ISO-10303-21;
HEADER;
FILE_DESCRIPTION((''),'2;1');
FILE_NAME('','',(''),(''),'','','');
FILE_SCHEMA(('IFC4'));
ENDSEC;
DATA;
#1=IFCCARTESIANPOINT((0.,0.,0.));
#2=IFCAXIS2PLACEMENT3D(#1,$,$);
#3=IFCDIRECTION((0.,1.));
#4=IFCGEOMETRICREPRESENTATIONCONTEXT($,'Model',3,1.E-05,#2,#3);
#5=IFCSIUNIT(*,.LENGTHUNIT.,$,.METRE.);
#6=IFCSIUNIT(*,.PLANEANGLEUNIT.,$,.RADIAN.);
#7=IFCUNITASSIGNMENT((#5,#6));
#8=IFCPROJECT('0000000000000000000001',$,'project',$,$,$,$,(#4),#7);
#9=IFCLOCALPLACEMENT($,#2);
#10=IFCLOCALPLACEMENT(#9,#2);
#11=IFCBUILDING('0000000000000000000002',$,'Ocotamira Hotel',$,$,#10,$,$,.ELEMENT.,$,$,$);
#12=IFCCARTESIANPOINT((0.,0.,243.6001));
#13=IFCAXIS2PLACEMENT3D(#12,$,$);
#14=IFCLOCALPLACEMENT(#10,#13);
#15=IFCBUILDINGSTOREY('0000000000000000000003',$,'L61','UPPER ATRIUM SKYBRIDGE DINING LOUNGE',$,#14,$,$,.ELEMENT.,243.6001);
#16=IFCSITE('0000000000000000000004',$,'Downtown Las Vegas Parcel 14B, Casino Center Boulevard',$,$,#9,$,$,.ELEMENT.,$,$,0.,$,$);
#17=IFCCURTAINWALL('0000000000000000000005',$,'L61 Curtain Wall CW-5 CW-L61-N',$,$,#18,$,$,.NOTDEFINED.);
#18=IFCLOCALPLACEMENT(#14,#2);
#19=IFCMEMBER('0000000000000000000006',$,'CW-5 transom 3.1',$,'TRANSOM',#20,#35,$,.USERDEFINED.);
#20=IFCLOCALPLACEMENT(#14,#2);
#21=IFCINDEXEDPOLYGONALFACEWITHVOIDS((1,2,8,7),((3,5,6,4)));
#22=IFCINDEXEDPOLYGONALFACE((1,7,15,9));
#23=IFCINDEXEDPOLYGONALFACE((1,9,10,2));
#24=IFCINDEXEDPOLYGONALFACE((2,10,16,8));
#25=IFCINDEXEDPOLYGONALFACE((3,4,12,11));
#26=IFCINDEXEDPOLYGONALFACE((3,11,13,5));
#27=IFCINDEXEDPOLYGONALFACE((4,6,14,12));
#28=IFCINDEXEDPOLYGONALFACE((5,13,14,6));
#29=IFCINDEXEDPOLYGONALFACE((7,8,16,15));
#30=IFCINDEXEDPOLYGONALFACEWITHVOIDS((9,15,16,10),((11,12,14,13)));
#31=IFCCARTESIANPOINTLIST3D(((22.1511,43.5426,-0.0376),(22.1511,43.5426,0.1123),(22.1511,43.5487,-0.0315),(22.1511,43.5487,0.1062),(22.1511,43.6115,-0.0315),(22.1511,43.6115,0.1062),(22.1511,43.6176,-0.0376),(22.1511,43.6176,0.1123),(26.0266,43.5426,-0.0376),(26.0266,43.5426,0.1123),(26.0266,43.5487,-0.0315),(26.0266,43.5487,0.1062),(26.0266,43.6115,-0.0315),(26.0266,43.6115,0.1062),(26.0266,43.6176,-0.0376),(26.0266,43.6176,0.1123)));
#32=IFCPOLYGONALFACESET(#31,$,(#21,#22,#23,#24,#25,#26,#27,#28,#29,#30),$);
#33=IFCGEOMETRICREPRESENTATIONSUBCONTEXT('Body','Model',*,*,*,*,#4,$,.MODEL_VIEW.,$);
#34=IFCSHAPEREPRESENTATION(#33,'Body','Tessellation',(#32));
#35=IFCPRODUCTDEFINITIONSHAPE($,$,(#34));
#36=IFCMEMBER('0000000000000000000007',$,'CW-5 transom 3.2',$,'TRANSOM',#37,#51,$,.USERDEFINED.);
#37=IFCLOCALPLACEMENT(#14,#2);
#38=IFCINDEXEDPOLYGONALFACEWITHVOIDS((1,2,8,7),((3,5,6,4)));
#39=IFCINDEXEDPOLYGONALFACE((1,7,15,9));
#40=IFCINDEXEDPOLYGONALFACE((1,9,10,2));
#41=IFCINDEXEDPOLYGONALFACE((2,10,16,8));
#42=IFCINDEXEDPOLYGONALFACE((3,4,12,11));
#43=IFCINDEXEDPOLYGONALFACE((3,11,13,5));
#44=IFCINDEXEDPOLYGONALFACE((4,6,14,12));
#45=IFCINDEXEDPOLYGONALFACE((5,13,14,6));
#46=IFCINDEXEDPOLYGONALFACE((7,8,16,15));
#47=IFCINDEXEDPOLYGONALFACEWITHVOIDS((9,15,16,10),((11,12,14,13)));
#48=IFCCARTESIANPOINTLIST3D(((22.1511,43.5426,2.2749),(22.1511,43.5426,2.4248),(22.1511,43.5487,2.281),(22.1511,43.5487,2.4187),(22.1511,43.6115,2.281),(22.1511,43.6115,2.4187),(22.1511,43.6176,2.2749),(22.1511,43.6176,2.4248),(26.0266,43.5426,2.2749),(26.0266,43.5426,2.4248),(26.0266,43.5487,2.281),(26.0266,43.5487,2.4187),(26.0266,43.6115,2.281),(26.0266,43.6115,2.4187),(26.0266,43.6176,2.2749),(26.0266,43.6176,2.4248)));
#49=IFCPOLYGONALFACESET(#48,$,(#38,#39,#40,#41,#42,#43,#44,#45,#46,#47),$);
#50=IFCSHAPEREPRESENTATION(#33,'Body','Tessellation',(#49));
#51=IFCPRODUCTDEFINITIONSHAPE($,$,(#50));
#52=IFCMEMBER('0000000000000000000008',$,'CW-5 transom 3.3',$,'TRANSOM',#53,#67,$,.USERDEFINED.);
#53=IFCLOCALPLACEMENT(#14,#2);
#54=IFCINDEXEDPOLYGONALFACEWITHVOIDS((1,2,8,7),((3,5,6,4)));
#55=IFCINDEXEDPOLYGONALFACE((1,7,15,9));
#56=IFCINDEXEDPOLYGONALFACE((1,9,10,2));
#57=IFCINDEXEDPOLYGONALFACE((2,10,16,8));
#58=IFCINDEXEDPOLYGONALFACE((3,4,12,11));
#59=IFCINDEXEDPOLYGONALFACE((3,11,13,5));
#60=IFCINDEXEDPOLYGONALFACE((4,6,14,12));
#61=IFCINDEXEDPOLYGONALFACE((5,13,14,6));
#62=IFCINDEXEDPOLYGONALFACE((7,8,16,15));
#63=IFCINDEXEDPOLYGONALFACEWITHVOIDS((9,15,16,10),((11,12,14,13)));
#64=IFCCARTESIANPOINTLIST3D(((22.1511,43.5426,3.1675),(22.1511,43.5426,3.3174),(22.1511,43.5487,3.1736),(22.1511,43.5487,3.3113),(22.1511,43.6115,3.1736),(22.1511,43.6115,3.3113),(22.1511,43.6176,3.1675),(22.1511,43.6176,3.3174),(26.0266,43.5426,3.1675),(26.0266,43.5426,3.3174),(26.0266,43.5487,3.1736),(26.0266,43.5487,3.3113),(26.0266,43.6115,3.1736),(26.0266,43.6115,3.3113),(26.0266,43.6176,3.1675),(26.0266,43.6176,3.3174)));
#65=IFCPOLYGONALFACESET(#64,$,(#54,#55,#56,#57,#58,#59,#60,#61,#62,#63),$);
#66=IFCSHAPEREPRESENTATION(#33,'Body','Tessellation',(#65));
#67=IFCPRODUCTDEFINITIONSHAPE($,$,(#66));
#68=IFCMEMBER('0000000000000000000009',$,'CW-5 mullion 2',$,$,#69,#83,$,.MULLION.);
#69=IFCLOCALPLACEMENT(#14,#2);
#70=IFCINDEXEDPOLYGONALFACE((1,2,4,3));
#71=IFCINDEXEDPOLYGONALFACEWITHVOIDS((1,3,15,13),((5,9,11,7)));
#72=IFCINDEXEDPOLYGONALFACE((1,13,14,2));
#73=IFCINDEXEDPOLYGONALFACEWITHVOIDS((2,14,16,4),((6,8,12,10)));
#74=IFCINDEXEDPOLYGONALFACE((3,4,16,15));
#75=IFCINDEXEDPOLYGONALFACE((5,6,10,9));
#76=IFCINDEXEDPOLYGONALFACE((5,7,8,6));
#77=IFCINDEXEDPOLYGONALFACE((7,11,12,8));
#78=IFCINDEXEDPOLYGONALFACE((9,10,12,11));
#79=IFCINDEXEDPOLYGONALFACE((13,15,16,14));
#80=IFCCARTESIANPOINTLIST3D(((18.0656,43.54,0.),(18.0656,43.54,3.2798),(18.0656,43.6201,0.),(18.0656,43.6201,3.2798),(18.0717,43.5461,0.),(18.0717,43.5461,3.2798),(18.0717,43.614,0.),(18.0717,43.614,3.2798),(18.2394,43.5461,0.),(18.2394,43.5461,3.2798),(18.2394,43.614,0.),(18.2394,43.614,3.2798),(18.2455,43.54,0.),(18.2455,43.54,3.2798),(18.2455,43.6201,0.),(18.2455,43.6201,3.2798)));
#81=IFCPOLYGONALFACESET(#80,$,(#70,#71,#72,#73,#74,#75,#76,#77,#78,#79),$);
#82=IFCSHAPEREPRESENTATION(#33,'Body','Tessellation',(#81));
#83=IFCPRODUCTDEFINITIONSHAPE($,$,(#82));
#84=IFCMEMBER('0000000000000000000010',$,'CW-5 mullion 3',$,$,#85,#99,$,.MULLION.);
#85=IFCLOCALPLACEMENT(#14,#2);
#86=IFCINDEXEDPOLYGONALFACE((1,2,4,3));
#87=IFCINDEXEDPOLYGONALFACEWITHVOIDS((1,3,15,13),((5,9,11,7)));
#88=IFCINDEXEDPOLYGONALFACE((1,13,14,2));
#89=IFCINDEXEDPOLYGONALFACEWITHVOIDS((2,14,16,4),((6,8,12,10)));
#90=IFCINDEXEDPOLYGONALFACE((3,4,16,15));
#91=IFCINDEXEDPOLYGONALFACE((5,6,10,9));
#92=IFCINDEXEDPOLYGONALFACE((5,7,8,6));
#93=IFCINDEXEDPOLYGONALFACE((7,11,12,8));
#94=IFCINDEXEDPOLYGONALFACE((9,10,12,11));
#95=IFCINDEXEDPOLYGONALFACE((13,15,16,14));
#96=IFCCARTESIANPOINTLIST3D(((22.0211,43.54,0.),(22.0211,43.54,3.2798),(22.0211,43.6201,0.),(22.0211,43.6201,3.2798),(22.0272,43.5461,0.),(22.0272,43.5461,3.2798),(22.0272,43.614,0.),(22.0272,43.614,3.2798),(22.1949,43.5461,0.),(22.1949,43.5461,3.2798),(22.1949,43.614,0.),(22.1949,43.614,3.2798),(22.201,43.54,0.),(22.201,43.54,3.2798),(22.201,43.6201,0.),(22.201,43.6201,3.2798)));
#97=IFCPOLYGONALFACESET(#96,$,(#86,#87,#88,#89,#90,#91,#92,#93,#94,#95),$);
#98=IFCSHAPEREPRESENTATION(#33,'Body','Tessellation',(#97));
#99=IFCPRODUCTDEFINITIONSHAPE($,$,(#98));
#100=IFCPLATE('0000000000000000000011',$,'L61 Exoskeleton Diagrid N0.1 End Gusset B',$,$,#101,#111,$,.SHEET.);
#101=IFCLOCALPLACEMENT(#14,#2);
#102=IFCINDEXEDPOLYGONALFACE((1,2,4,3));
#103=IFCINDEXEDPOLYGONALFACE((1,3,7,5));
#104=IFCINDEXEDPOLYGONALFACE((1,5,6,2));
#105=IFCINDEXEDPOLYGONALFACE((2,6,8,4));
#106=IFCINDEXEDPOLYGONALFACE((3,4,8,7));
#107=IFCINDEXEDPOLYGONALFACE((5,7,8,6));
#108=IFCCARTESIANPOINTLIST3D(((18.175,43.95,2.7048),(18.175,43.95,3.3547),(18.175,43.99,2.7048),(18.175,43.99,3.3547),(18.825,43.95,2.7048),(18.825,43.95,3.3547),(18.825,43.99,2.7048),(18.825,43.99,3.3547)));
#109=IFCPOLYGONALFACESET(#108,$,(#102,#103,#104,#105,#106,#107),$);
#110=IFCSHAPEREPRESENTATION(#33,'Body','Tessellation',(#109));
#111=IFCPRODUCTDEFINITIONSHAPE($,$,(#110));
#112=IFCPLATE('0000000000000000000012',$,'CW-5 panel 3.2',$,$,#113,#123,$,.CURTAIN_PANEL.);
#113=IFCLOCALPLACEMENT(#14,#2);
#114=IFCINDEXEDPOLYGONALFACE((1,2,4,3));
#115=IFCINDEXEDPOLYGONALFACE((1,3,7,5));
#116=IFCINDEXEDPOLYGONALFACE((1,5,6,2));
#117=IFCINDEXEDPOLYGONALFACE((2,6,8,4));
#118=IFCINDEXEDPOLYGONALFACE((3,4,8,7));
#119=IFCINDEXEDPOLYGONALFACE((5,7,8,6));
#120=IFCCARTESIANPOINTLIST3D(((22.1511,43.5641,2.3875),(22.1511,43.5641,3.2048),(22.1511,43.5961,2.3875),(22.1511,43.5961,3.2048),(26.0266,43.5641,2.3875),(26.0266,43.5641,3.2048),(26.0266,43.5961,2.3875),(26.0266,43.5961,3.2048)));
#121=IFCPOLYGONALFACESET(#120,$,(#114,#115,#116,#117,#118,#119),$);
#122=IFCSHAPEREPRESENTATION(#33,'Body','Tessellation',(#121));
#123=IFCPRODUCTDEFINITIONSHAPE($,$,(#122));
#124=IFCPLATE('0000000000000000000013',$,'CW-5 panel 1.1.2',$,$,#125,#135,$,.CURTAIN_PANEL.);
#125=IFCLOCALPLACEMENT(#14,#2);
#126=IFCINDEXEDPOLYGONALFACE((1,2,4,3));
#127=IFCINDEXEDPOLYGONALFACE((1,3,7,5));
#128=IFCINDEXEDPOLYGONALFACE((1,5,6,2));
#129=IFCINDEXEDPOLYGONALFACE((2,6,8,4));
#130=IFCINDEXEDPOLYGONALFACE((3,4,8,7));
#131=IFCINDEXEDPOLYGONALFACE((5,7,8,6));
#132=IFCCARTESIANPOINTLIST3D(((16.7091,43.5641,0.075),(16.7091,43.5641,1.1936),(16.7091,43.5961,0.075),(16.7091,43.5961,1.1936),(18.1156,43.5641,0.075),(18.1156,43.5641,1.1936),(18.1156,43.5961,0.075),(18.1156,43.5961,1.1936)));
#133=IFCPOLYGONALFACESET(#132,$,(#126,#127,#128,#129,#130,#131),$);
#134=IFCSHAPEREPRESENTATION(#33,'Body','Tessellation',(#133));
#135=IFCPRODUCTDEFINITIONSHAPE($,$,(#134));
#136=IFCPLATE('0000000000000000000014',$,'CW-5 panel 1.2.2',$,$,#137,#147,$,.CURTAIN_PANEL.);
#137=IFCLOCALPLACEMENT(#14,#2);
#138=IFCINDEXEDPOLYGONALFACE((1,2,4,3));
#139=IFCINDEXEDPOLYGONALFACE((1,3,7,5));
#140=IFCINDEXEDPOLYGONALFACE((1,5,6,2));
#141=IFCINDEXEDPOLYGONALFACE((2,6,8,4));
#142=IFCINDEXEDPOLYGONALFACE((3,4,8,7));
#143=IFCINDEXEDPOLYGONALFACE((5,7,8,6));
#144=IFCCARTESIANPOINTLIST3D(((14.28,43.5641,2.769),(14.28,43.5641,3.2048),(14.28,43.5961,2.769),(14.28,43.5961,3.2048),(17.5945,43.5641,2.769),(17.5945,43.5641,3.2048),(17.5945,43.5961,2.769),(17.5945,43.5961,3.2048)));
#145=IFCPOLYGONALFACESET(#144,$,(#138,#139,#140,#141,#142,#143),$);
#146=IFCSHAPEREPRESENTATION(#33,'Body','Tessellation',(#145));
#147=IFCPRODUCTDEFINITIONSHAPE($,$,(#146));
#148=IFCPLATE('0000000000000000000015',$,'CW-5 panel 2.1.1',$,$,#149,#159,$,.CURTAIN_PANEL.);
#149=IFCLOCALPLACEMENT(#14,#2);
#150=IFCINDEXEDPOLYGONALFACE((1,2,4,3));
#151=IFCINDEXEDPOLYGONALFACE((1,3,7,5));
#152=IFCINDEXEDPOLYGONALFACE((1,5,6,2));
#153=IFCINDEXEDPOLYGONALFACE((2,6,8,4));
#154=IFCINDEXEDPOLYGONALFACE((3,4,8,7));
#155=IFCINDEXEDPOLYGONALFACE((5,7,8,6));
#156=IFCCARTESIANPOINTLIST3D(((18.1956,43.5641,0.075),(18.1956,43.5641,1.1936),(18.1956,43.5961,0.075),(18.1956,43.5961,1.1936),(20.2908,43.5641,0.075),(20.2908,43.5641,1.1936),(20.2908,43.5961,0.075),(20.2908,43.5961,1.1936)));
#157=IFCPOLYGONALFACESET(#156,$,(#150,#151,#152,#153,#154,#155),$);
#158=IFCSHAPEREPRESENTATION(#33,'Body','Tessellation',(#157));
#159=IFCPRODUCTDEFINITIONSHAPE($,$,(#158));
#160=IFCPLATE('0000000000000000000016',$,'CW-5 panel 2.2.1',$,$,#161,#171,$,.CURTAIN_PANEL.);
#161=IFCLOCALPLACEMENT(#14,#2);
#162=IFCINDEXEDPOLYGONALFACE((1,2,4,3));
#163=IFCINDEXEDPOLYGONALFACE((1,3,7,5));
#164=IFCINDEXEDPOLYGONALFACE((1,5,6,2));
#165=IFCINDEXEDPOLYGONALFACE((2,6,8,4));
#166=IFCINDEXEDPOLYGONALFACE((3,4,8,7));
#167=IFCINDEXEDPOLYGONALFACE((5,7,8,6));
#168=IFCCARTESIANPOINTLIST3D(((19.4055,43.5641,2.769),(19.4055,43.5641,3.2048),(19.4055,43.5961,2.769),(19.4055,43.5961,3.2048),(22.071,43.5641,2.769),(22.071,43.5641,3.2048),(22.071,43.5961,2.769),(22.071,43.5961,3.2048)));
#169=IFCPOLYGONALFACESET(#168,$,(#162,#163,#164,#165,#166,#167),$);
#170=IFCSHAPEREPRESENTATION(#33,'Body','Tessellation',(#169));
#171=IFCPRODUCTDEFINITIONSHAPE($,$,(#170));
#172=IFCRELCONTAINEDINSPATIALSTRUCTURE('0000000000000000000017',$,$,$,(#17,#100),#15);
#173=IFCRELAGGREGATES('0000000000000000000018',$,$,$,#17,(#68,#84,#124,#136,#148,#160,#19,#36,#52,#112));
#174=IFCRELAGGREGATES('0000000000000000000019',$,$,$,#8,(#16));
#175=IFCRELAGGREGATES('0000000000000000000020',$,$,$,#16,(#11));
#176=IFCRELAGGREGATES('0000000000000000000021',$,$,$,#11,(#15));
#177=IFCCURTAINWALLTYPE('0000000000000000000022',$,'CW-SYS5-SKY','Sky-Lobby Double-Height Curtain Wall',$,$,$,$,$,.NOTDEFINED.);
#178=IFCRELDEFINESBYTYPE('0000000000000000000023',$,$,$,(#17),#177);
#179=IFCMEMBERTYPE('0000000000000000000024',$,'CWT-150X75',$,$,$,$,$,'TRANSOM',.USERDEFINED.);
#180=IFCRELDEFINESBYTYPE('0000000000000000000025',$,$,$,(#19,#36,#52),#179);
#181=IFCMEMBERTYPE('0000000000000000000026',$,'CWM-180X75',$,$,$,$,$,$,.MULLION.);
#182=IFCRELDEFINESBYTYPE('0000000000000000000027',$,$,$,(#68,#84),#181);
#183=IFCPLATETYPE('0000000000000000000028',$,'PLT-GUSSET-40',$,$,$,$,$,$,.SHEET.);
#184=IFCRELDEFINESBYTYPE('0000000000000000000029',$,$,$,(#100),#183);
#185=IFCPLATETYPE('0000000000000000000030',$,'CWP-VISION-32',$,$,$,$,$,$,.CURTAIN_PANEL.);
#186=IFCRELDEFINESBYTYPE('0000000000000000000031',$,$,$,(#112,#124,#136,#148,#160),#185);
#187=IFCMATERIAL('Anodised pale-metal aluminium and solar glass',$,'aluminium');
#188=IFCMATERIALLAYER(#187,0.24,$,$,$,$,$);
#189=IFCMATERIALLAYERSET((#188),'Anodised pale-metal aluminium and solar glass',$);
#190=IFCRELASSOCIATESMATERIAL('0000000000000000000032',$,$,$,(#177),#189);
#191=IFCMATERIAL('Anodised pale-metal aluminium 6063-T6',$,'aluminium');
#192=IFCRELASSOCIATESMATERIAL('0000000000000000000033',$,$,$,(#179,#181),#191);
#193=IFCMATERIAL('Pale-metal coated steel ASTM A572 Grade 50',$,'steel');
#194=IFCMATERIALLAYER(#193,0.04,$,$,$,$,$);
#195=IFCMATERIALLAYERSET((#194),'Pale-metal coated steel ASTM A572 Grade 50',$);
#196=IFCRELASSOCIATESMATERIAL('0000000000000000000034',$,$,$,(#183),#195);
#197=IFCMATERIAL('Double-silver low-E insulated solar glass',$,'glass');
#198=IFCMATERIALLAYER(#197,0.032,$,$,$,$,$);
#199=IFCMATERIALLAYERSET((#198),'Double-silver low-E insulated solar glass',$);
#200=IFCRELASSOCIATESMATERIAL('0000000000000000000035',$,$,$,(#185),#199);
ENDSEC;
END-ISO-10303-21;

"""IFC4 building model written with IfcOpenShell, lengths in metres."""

from ifc_helpers import new_model, si_unit, direction, frame, origin, origin_2d, place, context, subcontext, project, spatial, rectangle, hollow_rectangle, extrude, source, transform, mapped, material, layer, layer_set, material_profile, profile_set, type_object, element, aggregate, save


model = new_model("IFC4")

# Units and contexts
model_context = context("Model", 3, precision=1e-05, world=origin(), true_north=direction((0.0, 1.0)))
body_context = subcontext(model_context, "Body", "Model", "MODEL_VIEW")
ifc_project = project(units=[si_unit("LENGTHUNIT", "METRE"), si_unit("PLANEANGLEUNIT", "RADIAN")], contexts=[model_context])

# Site, building, storey
site_placement = place(None, origin())
site = spatial("IfcSite", under=ifc_project, at=site_placement, Name="Downtown Las Vegas Parcel 14B, Casino Center Boulevard", CompositionType="ELEMENT", RefElevation=0.0)
building_placement = place(site_placement, origin())
building = spatial("IfcBuilding", under=site, at=building_placement, Name="Ocotamira Hotel", CompositionType="ELEMENT")
storey_placement = place(building_placement, frame((0.0, 0.0, 243.6001)))
storey = spatial("IfcBuildingStorey", under=building, at=storey_placement, Name="L61", Description="UPPER ATRIUM SKYBRIDGE DINING LOUNGE", CompositionType="ELEMENT", Elevation=243.6001)

# Curtain wall, members
ifc_material_1 = material(Name="Anodised pale-metal aluminium and solar glass", Category="aluminium")
ifc_layer_1 = layer(ifc_material_1, 0.24)
ifc_layer_set_1 = layer_set([ifc_layer_1], Name="Anodised pale-metal aluminium and solar glass")
curtain_wall_type = type_object("IfcCurtainWallType", Name="CW-SYS5-SKY", Description="Sky-Lobby Double-Height Curtain Wall", PredefinedType="NOTDEFINED", material=ifc_layer_set_1)
curtain_wall_placement = place(storey_placement, origin())
curtain_wall = element("IfcCurtainWall", 1, at=curtain_wall_placement, inside=storey, type_object=curtain_wall_type, Name="L61 Curtain Wall CW-5 CW-L61-N", PredefinedType="NOTDEFINED")
ifc_material_2 = material(Name="Anodised pale-metal aluminium 6063-T6", Category="aluminium")
ifc_material_profile_1 = material_profile(ifc_material_2, hollow_rectangle(XDim=0.075, YDim=0.1499, WallThickness=0.0061, at=origin_2d()), Name="HSS150X75X6")
ifc_profile_set_1 = profile_set([ifc_material_profile_1], Name="Anodised pale-metal aluminium 6063-T6")
member_type_1 = type_object("IfcMemberType", Name="CWT-150X75", ElementType="TRANSOM", PredefinedType="USERDEFINED", material=ifc_profile_set_1)
shared_shape_1 = source(origin(), body_context, "Body", "SweptSolid", [
    extrude(hollow_rectangle(XDim=0.075, YDim=0.1499, WallThickness=0.0061, at=origin_2d()), origin(), (0.0, 0.0, 1.0), 3.8755),
])
member_1_placement = place(storey_placement, frame((22.1511, 43.5801, 0.0374), z_axis=(1.0, 0.0, 0.0), x_axis=(0.0, 1.0, 0.0)))
member_1 = element("IfcMember", 2, at=member_1_placement, type_object=member_type_1, Name="CW-5 transom 3.1", ObjectType="TRANSOM", PredefinedType="USERDEFINED", context=body_context, shape_type="MappedRepresentation", body=[
    mapped(shared_shape_1, transform((0.0, 0.0, 0.0), scale=1.0)),
])
member_2_placement = place(storey_placement, frame((22.1511, 43.5801, 2.3499), z_axis=(1.0, 0.0, 0.0), x_axis=(0.0, 1.0, 0.0)))
member_2 = element("IfcMember", 3, at=member_2_placement, type_object=member_type_1, Name="CW-5 transom 3.2", ObjectType="TRANSOM", PredefinedType="USERDEFINED", context=body_context, shape_type="MappedRepresentation", body=[
    mapped(shared_shape_1, transform((0.0, 0.0, 0.0), scale=1.0)),
])
member_3_placement = place(storey_placement, frame((22.1511, 43.5801, 3.2424), z_axis=(1.0, 0.0, 0.0), x_axis=(0.0, 1.0, 0.0)))
member_3 = element("IfcMember", 4, at=member_3_placement, type_object=member_type_1, Name="CW-5 transom 3.3", ObjectType="TRANSOM", PredefinedType="USERDEFINED", context=body_context, shape_type="MappedRepresentation", body=[
    mapped(shared_shape_1, transform((0.0, 0.0, 0.0), scale=1.0)),
])
ifc_material_profile_2 = material_profile(ifc_material_2, hollow_rectangle(XDim=0.0801, YDim=0.1799, WallThickness=0.0061, at=origin_2d()), Name="HSS180X80X6")
ifc_profile_set_2 = profile_set([ifc_material_profile_2], Name="Anodised pale-metal aluminium 6063-T6")
member_type_2 = type_object("IfcMemberType", Name="CWM-180X75", PredefinedType="MULLION", material=ifc_profile_set_2)
shared_shape_2 = source(origin(), body_context, "Body", "SweptSolid", [
    extrude(hollow_rectangle(XDim=0.0801, YDim=0.1799, WallThickness=0.0061, at=origin_2d()), origin(), (0.0, 0.0, 1.0), 3.2798),
])
member_4_placement = place(storey_placement, frame((18.1555, 43.5801, 0.0), z_axis=(0.0, 0.0, 1.0), x_axis=(0.0, 1.0, 0.0)))
member_4 = element("IfcMember", 5, at=member_4_placement, type_object=member_type_2, Name="CW-5 mullion 2", PredefinedType="MULLION", context=body_context, shape_type="MappedRepresentation", body=[
    mapped(shared_shape_2, transform((0.0, 0.0, 0.0), scale=1.0)),
])
member_5_placement = place(storey_placement, frame((22.1111, 43.5801, 0.0), z_axis=(0.0, 0.0, 1.0), x_axis=(0.0, 1.0, 0.0)))
member_5 = element("IfcMember", 6, at=member_5_placement, type_object=member_type_2, Name="CW-5 mullion 3", PredefinedType="MULLION", context=body_context, shape_type="MappedRepresentation", body=[
    mapped(shared_shape_2, transform((0.0, 0.0, 0.0), scale=1.0)),
])

# Plates
ifc_material_3 = material(Name="Pale-metal coated steel ASTM A572 Grade 50", Category="steel")
ifc_layer_2 = layer(ifc_material_3, 0.04)
ifc_layer_set_2 = layer_set([ifc_layer_2], Name="Pale-metal coated steel ASTM A572 Grade 50")
plate_type_1 = type_object("IfcPlateType", Name="PLT-GUSSET-40", PredefinedType="SHEET", material=ifc_layer_set_2)
shared_shape_3 = source(origin(), body_context, "Body", "SweptSolid", [
    extrude(rectangle(XDim=0.6499, YDim=0.04, at=origin_2d()), origin(), (0.0, 0.0, 1.0), 0.6499),
])
plate_1_placement = place(storey_placement, frame((18.5, 43.97, 2.7048), z_axis=(0.0, 0.0, 1.0), x_axis=(1.0, 0.0, 0.0)))
element("IfcPlate", 7, at=plate_1_placement, inside=storey, type_object=plate_type_1, Name="L61 Exoskeleton Diagrid N0.1 End Gusset B", PredefinedType="SHEET", context=body_context, shape_type="MappedRepresentation", body=[
    mapped(shared_shape_3, transform((0.0, 0.0, 0.0), scale=1.0)),
])
ifc_material_4 = material(Name="Double-silver low-E insulated solar glass", Category="glass")
ifc_layer_3 = layer(ifc_material_4, 0.032)
ifc_layer_set_3 = layer_set([ifc_layer_3], Name="Double-silver low-E insulated solar glass")
plate_type_2 = type_object("IfcPlateType", Name="CWP-VISION-32", PredefinedType="CURTAIN_PANEL", material=ifc_layer_set_3)
shared_shape_4 = source(origin(), body_context, "Body", "SweptSolid", [
    extrude(rectangle(XDim=3.8755, YDim=0.032, at=origin_2d()), origin(), (0.0, 0.0, 1.0), 0.8174),
])
plate_2_placement = place(storey_placement, frame((24.0889, 43.5801, 2.3875), z_axis=(0.0, 0.0, 1.0), x_axis=(1.0, 0.0, 0.0)))
plate_2 = element("IfcPlate", 8, at=plate_2_placement, type_object=plate_type_2, Name="CW-5 panel 3.2", PredefinedType="CURTAIN_PANEL", context=body_context, shape_type="MappedRepresentation", body=[
    mapped(shared_shape_4, transform((0.0, 0.0, 0.0), scale=1.0)),
])
shared_shape_5 = source(origin(), body_context, "Body", "SweptSolid", [
    extrude(rectangle(XDim=1.4065, YDim=0.032, at=origin_2d()), origin(), (0.0, 0.0, 1.0), 1.1187),
])
plate_3_placement = place(storey_placement, frame((17.4124, 43.5801, 0.075), z_axis=(0.0, 0.0, 1.0), x_axis=(1.0, 0.0, 0.0)))
plate_3 = element("IfcPlate", 9, at=plate_3_placement, type_object=plate_type_2, Name="CW-5 panel 1.1.2", PredefinedType="CURTAIN_PANEL", context=body_context, shape_type="MappedRepresentation", body=[
    mapped(shared_shape_5, transform((0.0, 0.0, 0.0), scale=1.0)),
])
shared_shape_6 = source(origin(), body_context, "Body", "SweptSolid", [
    extrude(rectangle(XDim=3.3145, YDim=0.032, at=origin_2d()), origin(), (0.0, 0.0, 1.0), 0.4358),
])
plate_4_placement = place(storey_placement, frame((15.9373, 43.5801, 2.769), z_axis=(0.0, 0.0, 1.0), x_axis=(1.0, 0.0, 0.0)))
plate_4 = element("IfcPlate", 10, at=plate_4_placement, type_object=plate_type_2, Name="CW-5 panel 1.2.2", PredefinedType="CURTAIN_PANEL", context=body_context, shape_type="MappedRepresentation", body=[
    mapped(shared_shape_6, transform((0.0, 0.0, 0.0), scale=1.0)),
])
shared_shape_7 = source(origin(), body_context, "Body", "SweptSolid", [
    extrude(rectangle(XDim=2.0952, YDim=0.032, at=origin_2d()), origin(), (0.0, 0.0, 1.0), 1.1187),
])
plate_5_placement = place(storey_placement, frame((19.2432, 43.5801, 0.075), z_axis=(0.0, 0.0, 1.0), x_axis=(1.0, 0.0, 0.0)))
plate_5 = element("IfcPlate", 11, at=plate_5_placement, type_object=plate_type_2, Name="CW-5 panel 2.1.1", PredefinedType="CURTAIN_PANEL", context=body_context, shape_type="MappedRepresentation", body=[
    mapped(shared_shape_7, transform((0.0, 0.0, 0.0), scale=1.0)),
])
shared_shape_8 = source(origin(), body_context, "Body", "SweptSolid", [
    extrude(rectangle(XDim=2.6655, YDim=0.032, at=origin_2d()), origin(), (0.0, 0.0, 1.0), 0.4358),
])
plate_6_placement = place(storey_placement, frame((20.7383, 43.5801, 2.769), z_axis=(0.0, 0.0, 1.0), x_axis=(1.0, 0.0, 0.0)))
plate_6 = element("IfcPlate", 12, at=plate_6_placement, type_object=plate_type_2, Name="CW-5 panel 2.2.1", PredefinedType="CURTAIN_PANEL", context=body_context, shape_type="MappedRepresentation", body=[
    mapped(shared_shape_8, transform((0.0, 0.0, 0.0), scale=1.0)),
])
aggregate(curtain_wall, [member_4, member_5, plate_3, plate_4, plate_5, plate_6, member_1, member_2, member_3, plate_2])

save(model, "model.ifc")
